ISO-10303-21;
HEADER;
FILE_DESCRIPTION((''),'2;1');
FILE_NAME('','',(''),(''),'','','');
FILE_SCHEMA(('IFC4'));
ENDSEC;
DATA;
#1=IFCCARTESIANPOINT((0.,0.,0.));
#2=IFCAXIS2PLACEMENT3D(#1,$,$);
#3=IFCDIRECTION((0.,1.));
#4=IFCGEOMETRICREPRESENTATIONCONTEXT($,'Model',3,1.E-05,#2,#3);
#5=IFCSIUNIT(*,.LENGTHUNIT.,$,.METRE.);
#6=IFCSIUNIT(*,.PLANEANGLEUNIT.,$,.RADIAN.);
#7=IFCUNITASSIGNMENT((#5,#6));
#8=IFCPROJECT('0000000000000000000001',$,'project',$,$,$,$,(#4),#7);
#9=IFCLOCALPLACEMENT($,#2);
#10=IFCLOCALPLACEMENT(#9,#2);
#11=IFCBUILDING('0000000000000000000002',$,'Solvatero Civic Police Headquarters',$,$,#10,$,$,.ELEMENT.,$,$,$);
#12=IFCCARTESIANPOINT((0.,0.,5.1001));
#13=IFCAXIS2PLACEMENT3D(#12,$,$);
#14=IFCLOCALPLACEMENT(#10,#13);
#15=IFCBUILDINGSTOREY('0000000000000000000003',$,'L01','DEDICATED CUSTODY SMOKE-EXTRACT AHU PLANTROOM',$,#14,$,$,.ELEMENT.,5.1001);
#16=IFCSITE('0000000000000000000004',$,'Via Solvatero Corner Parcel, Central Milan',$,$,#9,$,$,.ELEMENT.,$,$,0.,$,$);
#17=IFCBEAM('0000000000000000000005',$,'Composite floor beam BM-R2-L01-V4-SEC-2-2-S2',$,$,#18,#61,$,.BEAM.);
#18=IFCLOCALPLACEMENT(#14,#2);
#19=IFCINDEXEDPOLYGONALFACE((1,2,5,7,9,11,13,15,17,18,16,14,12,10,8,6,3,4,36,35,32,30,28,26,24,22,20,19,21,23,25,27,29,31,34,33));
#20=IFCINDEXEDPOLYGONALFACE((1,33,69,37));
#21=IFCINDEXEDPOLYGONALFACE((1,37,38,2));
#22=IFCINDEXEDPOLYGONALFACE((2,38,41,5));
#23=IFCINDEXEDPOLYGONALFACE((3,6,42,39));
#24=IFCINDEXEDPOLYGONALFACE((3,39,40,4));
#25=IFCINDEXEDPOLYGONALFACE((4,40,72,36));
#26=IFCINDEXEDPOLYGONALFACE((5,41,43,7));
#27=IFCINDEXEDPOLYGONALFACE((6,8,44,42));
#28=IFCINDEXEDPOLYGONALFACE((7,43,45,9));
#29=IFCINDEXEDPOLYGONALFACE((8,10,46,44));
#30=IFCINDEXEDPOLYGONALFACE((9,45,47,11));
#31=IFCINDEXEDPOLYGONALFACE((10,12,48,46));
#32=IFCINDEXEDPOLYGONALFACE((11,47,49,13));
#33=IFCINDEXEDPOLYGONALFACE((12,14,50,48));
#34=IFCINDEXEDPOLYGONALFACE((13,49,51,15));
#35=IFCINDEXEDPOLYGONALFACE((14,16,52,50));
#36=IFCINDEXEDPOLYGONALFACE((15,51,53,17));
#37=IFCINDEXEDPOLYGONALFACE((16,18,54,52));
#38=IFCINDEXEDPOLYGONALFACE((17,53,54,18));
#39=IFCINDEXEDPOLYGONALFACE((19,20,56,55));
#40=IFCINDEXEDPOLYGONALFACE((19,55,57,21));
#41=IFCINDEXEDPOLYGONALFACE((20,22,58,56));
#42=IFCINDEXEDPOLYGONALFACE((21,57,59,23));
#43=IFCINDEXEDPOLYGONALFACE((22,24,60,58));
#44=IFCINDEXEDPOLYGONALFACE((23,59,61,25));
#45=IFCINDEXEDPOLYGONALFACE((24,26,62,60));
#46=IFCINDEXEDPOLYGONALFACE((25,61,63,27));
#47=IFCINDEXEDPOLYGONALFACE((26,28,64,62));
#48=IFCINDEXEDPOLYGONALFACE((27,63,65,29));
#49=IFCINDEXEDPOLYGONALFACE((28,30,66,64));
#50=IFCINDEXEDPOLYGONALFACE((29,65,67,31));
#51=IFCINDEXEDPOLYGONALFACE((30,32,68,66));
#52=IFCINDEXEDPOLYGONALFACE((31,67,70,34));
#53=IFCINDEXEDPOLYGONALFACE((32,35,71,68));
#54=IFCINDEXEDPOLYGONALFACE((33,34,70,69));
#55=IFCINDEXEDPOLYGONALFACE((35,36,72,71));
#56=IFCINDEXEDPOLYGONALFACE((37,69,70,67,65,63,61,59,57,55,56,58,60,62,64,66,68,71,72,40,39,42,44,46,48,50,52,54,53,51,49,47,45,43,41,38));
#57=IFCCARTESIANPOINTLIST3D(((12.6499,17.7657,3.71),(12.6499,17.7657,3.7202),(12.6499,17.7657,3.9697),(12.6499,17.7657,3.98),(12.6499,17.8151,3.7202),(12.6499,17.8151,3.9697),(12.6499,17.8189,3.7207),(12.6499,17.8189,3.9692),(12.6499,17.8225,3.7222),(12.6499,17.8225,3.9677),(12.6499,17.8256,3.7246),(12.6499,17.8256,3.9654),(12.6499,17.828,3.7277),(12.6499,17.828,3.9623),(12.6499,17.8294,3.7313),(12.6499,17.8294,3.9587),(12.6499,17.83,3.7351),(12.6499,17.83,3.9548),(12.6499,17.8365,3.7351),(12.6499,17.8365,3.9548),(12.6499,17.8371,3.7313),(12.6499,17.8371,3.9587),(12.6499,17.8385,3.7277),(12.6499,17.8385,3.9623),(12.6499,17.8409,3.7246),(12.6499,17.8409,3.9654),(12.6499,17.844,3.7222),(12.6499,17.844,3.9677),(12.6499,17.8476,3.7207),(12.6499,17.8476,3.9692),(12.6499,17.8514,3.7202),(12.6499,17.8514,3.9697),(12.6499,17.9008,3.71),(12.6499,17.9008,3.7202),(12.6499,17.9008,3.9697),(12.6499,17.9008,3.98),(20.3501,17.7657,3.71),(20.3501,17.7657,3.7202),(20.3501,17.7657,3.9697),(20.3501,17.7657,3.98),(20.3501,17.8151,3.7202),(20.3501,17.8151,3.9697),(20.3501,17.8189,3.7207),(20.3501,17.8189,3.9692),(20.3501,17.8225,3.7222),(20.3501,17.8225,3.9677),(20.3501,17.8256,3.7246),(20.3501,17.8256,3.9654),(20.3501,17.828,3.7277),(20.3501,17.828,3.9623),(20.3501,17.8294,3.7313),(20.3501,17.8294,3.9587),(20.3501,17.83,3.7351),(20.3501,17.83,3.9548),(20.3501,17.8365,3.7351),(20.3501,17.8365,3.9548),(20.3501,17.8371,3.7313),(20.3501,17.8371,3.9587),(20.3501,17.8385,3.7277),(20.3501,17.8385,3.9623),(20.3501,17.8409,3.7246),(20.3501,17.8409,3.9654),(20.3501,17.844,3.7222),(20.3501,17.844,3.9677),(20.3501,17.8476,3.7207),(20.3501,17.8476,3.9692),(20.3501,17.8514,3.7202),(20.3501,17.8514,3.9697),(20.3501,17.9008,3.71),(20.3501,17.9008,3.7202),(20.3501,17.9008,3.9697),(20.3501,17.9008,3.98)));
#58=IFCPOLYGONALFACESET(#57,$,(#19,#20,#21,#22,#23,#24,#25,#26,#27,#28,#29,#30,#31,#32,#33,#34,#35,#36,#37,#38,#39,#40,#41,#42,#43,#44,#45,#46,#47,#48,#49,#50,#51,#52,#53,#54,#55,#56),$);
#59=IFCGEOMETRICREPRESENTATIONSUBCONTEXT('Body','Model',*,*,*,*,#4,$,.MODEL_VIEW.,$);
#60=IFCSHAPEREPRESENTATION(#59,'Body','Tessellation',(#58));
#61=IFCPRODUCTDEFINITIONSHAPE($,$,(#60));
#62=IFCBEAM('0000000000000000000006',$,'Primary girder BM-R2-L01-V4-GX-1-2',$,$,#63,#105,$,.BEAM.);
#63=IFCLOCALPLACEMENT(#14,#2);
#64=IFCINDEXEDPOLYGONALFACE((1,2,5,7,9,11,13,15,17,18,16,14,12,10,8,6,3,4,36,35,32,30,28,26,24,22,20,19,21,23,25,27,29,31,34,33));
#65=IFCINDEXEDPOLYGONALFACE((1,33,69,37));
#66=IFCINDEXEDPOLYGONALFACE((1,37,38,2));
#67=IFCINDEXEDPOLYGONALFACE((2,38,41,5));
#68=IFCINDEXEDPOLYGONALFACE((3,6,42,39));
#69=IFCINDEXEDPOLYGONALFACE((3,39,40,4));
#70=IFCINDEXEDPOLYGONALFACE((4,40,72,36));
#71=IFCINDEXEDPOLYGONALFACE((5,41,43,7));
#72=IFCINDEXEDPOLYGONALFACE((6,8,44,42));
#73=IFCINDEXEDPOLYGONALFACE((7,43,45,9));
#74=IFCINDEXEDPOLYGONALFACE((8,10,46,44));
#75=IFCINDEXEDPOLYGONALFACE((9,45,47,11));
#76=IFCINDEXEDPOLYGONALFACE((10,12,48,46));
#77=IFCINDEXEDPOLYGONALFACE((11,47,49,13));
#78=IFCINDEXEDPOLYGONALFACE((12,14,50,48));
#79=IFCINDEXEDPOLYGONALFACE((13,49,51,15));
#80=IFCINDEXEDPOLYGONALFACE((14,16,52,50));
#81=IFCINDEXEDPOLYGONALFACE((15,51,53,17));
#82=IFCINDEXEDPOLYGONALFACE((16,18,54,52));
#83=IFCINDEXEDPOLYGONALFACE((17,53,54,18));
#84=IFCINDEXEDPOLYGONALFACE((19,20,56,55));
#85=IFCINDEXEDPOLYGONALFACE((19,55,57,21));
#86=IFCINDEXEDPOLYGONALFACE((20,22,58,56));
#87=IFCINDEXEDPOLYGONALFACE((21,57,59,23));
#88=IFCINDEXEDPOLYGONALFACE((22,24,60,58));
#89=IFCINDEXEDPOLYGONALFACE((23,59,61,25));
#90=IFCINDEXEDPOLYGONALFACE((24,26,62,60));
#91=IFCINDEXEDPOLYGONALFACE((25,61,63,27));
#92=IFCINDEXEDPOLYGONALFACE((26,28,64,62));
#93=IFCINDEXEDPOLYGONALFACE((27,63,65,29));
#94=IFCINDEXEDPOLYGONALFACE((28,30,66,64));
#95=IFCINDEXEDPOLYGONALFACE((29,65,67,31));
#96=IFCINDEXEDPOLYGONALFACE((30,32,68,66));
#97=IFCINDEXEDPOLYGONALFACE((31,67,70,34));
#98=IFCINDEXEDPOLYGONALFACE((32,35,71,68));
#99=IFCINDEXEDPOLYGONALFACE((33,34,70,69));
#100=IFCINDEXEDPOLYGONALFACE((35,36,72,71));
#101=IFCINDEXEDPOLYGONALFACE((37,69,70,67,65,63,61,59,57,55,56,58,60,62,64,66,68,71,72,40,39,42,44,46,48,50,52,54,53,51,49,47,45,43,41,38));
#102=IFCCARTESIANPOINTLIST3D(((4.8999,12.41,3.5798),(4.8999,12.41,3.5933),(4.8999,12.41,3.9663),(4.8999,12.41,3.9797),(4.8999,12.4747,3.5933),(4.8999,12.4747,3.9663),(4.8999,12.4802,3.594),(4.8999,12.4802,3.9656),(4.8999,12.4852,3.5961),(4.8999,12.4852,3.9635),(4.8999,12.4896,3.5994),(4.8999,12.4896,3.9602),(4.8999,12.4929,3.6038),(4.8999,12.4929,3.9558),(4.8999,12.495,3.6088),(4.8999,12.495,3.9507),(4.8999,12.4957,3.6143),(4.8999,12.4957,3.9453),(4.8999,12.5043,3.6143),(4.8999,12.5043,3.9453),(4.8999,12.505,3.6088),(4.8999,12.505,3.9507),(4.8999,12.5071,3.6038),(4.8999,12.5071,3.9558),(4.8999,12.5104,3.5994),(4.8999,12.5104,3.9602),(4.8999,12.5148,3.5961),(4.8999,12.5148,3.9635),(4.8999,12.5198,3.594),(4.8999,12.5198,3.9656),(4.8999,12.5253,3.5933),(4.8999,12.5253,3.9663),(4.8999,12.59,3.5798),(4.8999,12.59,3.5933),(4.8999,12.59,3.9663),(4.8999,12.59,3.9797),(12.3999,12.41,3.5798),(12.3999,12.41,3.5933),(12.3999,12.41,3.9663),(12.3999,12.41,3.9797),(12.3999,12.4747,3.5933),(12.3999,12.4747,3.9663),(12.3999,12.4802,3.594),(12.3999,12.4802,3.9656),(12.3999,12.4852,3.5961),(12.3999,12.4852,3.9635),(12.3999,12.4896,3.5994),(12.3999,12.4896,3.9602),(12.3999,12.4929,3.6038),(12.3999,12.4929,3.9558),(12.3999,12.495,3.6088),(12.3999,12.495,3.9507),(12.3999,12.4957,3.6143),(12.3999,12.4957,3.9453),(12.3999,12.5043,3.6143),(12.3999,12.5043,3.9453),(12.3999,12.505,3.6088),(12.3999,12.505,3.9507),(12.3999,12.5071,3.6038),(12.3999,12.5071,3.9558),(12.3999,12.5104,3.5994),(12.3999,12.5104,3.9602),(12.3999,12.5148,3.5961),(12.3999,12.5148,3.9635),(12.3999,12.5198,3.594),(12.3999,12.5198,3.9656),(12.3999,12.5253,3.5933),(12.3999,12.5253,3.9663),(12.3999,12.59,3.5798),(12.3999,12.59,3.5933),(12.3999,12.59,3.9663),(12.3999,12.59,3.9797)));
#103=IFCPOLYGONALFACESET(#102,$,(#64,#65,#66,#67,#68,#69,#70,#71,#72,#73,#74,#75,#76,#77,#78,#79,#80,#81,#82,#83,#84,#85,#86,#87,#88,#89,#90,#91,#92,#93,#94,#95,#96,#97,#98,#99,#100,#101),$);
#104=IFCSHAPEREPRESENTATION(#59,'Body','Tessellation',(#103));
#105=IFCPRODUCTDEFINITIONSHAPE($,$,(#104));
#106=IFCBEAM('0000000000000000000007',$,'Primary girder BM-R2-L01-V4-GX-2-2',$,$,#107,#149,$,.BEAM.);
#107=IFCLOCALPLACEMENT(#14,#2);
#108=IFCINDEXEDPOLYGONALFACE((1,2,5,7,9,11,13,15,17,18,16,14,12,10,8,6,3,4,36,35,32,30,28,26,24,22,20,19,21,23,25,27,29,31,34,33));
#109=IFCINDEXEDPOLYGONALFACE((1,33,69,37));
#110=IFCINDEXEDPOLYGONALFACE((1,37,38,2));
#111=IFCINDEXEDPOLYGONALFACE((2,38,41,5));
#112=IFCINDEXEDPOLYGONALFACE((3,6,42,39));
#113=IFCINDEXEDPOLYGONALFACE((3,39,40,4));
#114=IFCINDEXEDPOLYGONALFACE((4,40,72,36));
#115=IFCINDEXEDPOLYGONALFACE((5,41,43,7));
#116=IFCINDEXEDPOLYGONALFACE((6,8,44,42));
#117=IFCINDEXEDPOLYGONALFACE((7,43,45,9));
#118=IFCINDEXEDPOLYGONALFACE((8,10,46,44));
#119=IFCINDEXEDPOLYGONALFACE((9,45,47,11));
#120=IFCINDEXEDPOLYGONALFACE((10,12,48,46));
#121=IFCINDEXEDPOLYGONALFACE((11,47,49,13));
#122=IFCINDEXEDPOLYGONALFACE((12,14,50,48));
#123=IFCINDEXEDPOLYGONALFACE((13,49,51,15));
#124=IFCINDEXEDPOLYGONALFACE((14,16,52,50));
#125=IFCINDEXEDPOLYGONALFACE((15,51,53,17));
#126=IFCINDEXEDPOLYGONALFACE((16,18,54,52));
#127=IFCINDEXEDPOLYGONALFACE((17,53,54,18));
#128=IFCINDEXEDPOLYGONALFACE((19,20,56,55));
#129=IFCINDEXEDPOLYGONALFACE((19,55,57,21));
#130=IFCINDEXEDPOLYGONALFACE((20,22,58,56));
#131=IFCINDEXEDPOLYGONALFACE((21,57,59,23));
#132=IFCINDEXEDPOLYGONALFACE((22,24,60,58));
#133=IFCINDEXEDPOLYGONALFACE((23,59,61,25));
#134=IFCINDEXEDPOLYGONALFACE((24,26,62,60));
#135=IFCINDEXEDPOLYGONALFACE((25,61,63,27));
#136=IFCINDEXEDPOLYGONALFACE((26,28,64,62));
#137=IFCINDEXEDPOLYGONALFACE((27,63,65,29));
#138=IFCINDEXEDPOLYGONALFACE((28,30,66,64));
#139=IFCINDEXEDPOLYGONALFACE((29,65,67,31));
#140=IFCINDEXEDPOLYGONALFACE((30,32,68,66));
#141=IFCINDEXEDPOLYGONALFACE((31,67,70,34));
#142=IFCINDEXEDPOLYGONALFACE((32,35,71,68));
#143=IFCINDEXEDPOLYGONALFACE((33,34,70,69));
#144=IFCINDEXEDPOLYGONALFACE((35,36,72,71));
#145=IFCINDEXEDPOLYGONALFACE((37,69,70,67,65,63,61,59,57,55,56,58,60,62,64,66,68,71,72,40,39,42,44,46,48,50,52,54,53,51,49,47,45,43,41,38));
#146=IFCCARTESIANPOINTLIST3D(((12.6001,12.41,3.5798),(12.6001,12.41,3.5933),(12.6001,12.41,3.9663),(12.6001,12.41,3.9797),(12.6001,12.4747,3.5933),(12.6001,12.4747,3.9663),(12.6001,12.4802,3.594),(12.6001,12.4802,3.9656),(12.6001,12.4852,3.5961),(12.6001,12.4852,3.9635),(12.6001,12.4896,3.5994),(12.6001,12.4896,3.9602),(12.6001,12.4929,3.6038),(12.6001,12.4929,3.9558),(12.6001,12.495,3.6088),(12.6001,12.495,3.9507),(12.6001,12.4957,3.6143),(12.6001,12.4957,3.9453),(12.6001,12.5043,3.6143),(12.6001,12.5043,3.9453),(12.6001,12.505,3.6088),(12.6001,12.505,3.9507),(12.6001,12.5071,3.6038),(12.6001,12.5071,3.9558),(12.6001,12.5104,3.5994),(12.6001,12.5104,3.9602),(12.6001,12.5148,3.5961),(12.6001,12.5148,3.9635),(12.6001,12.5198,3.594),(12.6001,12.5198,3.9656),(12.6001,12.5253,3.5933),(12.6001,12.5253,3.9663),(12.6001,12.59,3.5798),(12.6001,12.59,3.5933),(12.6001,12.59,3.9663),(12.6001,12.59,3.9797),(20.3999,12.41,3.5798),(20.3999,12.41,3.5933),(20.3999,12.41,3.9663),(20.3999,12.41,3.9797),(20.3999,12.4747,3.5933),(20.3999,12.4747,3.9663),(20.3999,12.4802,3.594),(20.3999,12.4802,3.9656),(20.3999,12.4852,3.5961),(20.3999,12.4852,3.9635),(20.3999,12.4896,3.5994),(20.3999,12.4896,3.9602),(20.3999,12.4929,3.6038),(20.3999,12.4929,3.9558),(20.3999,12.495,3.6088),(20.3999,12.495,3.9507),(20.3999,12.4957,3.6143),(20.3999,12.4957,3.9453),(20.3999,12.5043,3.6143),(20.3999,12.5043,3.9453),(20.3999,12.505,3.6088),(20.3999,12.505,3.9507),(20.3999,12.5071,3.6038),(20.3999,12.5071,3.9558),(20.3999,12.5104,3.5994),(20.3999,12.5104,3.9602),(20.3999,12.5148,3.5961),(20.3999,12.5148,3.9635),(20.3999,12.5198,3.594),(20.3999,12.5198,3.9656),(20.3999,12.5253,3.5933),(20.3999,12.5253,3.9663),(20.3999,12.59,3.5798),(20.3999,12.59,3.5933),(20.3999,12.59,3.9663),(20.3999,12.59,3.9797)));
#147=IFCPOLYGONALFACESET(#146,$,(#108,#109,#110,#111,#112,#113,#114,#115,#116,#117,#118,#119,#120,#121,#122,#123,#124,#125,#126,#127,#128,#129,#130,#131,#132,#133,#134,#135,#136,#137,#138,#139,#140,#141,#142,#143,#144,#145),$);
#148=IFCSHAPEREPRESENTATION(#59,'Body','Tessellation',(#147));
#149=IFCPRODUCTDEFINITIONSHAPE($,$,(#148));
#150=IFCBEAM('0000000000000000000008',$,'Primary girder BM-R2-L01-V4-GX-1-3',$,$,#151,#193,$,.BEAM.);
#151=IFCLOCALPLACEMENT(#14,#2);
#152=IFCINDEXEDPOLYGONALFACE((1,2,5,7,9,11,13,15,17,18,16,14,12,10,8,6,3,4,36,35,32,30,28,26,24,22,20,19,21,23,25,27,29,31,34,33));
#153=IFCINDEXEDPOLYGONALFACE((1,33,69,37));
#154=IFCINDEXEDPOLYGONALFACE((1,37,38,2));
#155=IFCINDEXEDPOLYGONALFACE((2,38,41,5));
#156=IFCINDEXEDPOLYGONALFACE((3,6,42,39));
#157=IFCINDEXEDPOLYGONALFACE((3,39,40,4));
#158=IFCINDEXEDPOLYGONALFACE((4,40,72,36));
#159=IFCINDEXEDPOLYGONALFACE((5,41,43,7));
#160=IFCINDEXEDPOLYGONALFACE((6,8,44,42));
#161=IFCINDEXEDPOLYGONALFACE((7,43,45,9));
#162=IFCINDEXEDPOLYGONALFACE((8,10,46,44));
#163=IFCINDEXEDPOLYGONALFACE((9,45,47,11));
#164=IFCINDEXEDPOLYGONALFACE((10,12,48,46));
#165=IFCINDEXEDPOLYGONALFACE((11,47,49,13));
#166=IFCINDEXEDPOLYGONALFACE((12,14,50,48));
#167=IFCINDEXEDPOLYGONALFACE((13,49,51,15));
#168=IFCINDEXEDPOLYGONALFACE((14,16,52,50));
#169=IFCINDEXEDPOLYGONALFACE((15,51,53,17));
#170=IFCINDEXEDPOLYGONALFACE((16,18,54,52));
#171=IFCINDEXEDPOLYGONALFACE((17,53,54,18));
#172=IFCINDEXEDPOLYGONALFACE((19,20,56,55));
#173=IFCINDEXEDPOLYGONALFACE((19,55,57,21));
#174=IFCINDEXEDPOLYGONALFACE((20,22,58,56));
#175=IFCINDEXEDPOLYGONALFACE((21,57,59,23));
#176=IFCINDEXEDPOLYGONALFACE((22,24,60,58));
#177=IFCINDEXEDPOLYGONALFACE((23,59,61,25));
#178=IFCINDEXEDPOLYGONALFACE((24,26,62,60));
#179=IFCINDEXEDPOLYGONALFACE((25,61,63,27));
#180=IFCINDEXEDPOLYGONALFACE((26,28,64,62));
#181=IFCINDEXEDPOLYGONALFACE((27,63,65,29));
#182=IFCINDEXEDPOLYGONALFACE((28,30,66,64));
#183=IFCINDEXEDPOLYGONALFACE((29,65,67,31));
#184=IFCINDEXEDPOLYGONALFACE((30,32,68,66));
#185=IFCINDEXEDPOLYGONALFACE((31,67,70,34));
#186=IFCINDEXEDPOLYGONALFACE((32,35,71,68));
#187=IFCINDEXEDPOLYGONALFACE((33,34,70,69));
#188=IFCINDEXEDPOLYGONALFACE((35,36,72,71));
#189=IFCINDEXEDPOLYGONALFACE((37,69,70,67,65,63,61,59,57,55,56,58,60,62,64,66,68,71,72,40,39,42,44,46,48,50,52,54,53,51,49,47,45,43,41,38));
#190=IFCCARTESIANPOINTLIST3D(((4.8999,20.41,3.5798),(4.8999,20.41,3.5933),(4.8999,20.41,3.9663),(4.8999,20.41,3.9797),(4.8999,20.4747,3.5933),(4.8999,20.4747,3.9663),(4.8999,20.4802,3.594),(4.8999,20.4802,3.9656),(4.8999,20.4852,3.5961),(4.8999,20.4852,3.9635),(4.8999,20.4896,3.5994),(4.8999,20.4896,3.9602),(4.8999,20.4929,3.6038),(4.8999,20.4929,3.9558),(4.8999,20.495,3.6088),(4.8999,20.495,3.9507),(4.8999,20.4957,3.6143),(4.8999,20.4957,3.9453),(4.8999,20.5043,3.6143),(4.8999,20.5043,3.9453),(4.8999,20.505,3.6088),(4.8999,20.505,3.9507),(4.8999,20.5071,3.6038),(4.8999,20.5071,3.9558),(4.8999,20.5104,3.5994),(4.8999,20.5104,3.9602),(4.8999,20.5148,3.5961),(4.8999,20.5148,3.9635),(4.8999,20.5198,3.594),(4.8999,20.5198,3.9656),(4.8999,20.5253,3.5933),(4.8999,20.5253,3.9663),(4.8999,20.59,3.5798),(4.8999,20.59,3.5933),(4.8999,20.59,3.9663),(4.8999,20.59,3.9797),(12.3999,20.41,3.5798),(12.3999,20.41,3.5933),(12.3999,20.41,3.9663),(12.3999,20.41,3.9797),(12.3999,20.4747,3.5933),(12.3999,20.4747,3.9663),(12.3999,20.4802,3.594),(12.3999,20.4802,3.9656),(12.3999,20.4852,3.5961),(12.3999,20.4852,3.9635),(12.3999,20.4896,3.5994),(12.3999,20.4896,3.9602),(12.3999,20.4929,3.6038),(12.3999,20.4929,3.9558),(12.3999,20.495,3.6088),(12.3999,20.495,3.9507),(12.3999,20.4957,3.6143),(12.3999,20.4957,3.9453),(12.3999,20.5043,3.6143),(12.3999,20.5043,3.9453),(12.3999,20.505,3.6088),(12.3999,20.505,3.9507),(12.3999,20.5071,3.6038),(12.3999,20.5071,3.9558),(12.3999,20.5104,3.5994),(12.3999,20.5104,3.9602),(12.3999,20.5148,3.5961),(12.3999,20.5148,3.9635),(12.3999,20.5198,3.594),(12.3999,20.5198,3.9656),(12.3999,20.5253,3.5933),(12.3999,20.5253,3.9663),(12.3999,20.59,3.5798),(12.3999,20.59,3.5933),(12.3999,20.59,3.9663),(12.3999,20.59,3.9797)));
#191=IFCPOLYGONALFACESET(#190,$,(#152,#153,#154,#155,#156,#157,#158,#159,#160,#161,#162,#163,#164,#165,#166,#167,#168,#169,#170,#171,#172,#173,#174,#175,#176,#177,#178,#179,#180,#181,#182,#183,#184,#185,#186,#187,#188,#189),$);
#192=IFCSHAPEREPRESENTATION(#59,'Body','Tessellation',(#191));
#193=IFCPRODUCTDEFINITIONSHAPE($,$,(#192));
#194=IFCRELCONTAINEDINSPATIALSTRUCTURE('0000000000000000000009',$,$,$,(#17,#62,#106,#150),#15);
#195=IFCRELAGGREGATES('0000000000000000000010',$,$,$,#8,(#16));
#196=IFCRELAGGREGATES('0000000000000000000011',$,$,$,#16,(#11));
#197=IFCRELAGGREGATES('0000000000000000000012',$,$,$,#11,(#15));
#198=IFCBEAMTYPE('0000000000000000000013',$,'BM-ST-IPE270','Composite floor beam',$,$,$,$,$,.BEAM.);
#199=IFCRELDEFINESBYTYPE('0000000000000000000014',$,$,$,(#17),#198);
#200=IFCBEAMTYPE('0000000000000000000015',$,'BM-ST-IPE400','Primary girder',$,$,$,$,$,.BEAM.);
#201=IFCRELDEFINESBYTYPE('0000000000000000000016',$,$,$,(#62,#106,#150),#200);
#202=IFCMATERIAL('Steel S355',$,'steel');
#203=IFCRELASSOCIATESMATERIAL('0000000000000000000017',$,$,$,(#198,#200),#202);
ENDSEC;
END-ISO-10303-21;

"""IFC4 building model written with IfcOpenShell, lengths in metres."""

from ifc_helpers import new_model, si_unit, direction, frame, origin, origin_2d, place, context, subcontext, project, spatial, i_section, extrude, material, material_profile, profile_set, type_object, element, save


model = new_model("IFC4")

# Units and contexts
model_context = context("Model", 3, precision=1e-05, world=origin(), true_north=direction((0.0, 1.0)))
body_context = subcontext(model_context, "Body", "Model", "MODEL_VIEW")
ifc_project = project(units=[si_unit("LENGTHUNIT", "METRE"), si_unit("PLANEANGLEUNIT", "RADIAN")], contexts=[model_context])

# Site, building, storey
site_placement = place(None, origin())
site = spatial("IfcSite", under=ifc_project, at=site_placement, Name="Via Solvatero Corner Parcel, Central Milan", CompositionType="ELEMENT", RefElevation=0.0)
building_placement = place(site_placement, origin())
building = spatial("IfcBuilding", under=site, at=building_placement, Name="Solvatero Civic Police Headquarters", CompositionType="ELEMENT")
storey_placement = place(building_placement, frame((0.0, 0.0, 5.1001)))
storey = spatial("IfcBuildingStorey", under=building, at=storey_placement, Name="L01", Description="DEDICATED CUSTODY SMOKE-EXTRACT AHU PLANTROOM", CompositionType="ELEMENT", Elevation=5.1001)

# Shared definitions
ifc_material_1 = material(Name="Steel S355", Category="steel")

# Beams
ifc_material_profile_1 = material_profile(ifc_material_1, i_section(OverallWidth=0.135, OverallDepth=0.27, WebThickness=0.0066, FlangeThickness=0.0103, FilletRadius=0.0149, at=origin_2d()), Name="IPE 270")
ifc_profile_set_1 = profile_set([ifc_material_profile_1], Name="Steel S355")
beam_type_1 = type_object("IfcBeamType", Name="BM-ST-IPE270", Description="Composite floor beam", PredefinedType="BEAM", material=ifc_profile_set_1)
for number, where, z_axis, x_axis, name in (
    (1, (12.6499, 17.8333, 3.845), (1.0, 0.0, 0.0), (0.0, 1.0, 0.0), "Composite floor beam BM-R2-L01-V4-SEC-2-2-S2"),
):
    element("IfcBeam", number, at=place(storey_placement, frame(where, z_axis=z_axis, x_axis=x_axis)), inside=storey, type_object=beam_type_1, Name=name, PredefinedType="BEAM", context=body_context, shape_type="SweptSolid", body=[
        extrude(i_section(OverallWidth=0.135, OverallDepth=0.27, WebThickness=0.0066, FlangeThickness=0.0103, FilletRadius=0.0149, at=origin_2d()), origin(), (0.0, 0.0, 1.0), 7.7002),
    ])
ifc_material_profile_2 = material_profile(ifc_material_1, i_section(OverallWidth=0.1799, OverallDepth=0.3999, WebThickness=0.0085, FlangeThickness=0.0134, FilletRadius=0.021, at=origin_2d()), Name="IPE 400")
ifc_profile_set_2 = profile_set([ifc_material_profile_2], Name="Steel S355")
beam_type_2 = type_object("IfcBeamType", Name="BM-ST-IPE400", Description="Primary girder", PredefinedType="BEAM", material=ifc_profile_set_2)
beam_1_placement = place(storey_placement, frame((4.8999, 12.5, 3.7798), z_axis=(1.0, 0.0, 0.0), x_axis=(0.0, 1.0, 0.0)))
element("IfcBeam", 2, at=beam_1_placement, inside=storey, type_object=beam_type_2, Name="Primary girder BM-R2-L01-V4-GX-1-2", PredefinedType="BEAM", context=body_context, shape_type="SweptSolid", body=[
    extrude(i_section(OverallWidth=0.1799, OverallDepth=0.3999, WebThickness=0.0085, FlangeThickness=0.0134, FilletRadius=0.021, at=origin_2d()), origin(), (0.0, 0.0, 1.0), 7.5),
])
beam_2_placement = place(storey_placement, frame((12.6001, 12.5, 3.7798), z_axis=(1.0, 0.0, 0.0), x_axis=(0.0, 1.0, 0.0)))
element("IfcBeam", 3, at=beam_2_placement, inside=storey, type_object=beam_type_2, Name="Primary girder BM-R2-L01-V4-GX-2-2", PredefinedType="BEAM", context=body_context, shape_type="SweptSolid", body=[
    extrude(i_section(OverallWidth=0.1799, OverallDepth=0.3999, WebThickness=0.0085, FlangeThickness=0.0134, FilletRadius=0.021, at=origin_2d()), origin(), (0.0, 0.0, 1.0), 7.7998),
])
beam_3_placement = place(storey_placement, frame((4.8999, 20.5, 3.7798), z_axis=(1.0, 0.0, 0.0), x_axis=(0.0, 1.0, 0.0)))
element("IfcBeam", 4, at=beam_3_placement, inside=storey, type_object=beam_type_2, Name="Primary girder BM-R2-L01-V4-GX-1-3", PredefinedType="BEAM", context=body_context, shape_type="SweptSolid", body=[
    extrude(i_section(OverallWidth=0.1799, OverallDepth=0.3999, WebThickness=0.0085, FlangeThickness=0.0134, FilletRadius=0.021, at=origin_2d()), origin(), (0.0, 0.0, 1.0), 7.5),
])

save(model, "model.ifc")
